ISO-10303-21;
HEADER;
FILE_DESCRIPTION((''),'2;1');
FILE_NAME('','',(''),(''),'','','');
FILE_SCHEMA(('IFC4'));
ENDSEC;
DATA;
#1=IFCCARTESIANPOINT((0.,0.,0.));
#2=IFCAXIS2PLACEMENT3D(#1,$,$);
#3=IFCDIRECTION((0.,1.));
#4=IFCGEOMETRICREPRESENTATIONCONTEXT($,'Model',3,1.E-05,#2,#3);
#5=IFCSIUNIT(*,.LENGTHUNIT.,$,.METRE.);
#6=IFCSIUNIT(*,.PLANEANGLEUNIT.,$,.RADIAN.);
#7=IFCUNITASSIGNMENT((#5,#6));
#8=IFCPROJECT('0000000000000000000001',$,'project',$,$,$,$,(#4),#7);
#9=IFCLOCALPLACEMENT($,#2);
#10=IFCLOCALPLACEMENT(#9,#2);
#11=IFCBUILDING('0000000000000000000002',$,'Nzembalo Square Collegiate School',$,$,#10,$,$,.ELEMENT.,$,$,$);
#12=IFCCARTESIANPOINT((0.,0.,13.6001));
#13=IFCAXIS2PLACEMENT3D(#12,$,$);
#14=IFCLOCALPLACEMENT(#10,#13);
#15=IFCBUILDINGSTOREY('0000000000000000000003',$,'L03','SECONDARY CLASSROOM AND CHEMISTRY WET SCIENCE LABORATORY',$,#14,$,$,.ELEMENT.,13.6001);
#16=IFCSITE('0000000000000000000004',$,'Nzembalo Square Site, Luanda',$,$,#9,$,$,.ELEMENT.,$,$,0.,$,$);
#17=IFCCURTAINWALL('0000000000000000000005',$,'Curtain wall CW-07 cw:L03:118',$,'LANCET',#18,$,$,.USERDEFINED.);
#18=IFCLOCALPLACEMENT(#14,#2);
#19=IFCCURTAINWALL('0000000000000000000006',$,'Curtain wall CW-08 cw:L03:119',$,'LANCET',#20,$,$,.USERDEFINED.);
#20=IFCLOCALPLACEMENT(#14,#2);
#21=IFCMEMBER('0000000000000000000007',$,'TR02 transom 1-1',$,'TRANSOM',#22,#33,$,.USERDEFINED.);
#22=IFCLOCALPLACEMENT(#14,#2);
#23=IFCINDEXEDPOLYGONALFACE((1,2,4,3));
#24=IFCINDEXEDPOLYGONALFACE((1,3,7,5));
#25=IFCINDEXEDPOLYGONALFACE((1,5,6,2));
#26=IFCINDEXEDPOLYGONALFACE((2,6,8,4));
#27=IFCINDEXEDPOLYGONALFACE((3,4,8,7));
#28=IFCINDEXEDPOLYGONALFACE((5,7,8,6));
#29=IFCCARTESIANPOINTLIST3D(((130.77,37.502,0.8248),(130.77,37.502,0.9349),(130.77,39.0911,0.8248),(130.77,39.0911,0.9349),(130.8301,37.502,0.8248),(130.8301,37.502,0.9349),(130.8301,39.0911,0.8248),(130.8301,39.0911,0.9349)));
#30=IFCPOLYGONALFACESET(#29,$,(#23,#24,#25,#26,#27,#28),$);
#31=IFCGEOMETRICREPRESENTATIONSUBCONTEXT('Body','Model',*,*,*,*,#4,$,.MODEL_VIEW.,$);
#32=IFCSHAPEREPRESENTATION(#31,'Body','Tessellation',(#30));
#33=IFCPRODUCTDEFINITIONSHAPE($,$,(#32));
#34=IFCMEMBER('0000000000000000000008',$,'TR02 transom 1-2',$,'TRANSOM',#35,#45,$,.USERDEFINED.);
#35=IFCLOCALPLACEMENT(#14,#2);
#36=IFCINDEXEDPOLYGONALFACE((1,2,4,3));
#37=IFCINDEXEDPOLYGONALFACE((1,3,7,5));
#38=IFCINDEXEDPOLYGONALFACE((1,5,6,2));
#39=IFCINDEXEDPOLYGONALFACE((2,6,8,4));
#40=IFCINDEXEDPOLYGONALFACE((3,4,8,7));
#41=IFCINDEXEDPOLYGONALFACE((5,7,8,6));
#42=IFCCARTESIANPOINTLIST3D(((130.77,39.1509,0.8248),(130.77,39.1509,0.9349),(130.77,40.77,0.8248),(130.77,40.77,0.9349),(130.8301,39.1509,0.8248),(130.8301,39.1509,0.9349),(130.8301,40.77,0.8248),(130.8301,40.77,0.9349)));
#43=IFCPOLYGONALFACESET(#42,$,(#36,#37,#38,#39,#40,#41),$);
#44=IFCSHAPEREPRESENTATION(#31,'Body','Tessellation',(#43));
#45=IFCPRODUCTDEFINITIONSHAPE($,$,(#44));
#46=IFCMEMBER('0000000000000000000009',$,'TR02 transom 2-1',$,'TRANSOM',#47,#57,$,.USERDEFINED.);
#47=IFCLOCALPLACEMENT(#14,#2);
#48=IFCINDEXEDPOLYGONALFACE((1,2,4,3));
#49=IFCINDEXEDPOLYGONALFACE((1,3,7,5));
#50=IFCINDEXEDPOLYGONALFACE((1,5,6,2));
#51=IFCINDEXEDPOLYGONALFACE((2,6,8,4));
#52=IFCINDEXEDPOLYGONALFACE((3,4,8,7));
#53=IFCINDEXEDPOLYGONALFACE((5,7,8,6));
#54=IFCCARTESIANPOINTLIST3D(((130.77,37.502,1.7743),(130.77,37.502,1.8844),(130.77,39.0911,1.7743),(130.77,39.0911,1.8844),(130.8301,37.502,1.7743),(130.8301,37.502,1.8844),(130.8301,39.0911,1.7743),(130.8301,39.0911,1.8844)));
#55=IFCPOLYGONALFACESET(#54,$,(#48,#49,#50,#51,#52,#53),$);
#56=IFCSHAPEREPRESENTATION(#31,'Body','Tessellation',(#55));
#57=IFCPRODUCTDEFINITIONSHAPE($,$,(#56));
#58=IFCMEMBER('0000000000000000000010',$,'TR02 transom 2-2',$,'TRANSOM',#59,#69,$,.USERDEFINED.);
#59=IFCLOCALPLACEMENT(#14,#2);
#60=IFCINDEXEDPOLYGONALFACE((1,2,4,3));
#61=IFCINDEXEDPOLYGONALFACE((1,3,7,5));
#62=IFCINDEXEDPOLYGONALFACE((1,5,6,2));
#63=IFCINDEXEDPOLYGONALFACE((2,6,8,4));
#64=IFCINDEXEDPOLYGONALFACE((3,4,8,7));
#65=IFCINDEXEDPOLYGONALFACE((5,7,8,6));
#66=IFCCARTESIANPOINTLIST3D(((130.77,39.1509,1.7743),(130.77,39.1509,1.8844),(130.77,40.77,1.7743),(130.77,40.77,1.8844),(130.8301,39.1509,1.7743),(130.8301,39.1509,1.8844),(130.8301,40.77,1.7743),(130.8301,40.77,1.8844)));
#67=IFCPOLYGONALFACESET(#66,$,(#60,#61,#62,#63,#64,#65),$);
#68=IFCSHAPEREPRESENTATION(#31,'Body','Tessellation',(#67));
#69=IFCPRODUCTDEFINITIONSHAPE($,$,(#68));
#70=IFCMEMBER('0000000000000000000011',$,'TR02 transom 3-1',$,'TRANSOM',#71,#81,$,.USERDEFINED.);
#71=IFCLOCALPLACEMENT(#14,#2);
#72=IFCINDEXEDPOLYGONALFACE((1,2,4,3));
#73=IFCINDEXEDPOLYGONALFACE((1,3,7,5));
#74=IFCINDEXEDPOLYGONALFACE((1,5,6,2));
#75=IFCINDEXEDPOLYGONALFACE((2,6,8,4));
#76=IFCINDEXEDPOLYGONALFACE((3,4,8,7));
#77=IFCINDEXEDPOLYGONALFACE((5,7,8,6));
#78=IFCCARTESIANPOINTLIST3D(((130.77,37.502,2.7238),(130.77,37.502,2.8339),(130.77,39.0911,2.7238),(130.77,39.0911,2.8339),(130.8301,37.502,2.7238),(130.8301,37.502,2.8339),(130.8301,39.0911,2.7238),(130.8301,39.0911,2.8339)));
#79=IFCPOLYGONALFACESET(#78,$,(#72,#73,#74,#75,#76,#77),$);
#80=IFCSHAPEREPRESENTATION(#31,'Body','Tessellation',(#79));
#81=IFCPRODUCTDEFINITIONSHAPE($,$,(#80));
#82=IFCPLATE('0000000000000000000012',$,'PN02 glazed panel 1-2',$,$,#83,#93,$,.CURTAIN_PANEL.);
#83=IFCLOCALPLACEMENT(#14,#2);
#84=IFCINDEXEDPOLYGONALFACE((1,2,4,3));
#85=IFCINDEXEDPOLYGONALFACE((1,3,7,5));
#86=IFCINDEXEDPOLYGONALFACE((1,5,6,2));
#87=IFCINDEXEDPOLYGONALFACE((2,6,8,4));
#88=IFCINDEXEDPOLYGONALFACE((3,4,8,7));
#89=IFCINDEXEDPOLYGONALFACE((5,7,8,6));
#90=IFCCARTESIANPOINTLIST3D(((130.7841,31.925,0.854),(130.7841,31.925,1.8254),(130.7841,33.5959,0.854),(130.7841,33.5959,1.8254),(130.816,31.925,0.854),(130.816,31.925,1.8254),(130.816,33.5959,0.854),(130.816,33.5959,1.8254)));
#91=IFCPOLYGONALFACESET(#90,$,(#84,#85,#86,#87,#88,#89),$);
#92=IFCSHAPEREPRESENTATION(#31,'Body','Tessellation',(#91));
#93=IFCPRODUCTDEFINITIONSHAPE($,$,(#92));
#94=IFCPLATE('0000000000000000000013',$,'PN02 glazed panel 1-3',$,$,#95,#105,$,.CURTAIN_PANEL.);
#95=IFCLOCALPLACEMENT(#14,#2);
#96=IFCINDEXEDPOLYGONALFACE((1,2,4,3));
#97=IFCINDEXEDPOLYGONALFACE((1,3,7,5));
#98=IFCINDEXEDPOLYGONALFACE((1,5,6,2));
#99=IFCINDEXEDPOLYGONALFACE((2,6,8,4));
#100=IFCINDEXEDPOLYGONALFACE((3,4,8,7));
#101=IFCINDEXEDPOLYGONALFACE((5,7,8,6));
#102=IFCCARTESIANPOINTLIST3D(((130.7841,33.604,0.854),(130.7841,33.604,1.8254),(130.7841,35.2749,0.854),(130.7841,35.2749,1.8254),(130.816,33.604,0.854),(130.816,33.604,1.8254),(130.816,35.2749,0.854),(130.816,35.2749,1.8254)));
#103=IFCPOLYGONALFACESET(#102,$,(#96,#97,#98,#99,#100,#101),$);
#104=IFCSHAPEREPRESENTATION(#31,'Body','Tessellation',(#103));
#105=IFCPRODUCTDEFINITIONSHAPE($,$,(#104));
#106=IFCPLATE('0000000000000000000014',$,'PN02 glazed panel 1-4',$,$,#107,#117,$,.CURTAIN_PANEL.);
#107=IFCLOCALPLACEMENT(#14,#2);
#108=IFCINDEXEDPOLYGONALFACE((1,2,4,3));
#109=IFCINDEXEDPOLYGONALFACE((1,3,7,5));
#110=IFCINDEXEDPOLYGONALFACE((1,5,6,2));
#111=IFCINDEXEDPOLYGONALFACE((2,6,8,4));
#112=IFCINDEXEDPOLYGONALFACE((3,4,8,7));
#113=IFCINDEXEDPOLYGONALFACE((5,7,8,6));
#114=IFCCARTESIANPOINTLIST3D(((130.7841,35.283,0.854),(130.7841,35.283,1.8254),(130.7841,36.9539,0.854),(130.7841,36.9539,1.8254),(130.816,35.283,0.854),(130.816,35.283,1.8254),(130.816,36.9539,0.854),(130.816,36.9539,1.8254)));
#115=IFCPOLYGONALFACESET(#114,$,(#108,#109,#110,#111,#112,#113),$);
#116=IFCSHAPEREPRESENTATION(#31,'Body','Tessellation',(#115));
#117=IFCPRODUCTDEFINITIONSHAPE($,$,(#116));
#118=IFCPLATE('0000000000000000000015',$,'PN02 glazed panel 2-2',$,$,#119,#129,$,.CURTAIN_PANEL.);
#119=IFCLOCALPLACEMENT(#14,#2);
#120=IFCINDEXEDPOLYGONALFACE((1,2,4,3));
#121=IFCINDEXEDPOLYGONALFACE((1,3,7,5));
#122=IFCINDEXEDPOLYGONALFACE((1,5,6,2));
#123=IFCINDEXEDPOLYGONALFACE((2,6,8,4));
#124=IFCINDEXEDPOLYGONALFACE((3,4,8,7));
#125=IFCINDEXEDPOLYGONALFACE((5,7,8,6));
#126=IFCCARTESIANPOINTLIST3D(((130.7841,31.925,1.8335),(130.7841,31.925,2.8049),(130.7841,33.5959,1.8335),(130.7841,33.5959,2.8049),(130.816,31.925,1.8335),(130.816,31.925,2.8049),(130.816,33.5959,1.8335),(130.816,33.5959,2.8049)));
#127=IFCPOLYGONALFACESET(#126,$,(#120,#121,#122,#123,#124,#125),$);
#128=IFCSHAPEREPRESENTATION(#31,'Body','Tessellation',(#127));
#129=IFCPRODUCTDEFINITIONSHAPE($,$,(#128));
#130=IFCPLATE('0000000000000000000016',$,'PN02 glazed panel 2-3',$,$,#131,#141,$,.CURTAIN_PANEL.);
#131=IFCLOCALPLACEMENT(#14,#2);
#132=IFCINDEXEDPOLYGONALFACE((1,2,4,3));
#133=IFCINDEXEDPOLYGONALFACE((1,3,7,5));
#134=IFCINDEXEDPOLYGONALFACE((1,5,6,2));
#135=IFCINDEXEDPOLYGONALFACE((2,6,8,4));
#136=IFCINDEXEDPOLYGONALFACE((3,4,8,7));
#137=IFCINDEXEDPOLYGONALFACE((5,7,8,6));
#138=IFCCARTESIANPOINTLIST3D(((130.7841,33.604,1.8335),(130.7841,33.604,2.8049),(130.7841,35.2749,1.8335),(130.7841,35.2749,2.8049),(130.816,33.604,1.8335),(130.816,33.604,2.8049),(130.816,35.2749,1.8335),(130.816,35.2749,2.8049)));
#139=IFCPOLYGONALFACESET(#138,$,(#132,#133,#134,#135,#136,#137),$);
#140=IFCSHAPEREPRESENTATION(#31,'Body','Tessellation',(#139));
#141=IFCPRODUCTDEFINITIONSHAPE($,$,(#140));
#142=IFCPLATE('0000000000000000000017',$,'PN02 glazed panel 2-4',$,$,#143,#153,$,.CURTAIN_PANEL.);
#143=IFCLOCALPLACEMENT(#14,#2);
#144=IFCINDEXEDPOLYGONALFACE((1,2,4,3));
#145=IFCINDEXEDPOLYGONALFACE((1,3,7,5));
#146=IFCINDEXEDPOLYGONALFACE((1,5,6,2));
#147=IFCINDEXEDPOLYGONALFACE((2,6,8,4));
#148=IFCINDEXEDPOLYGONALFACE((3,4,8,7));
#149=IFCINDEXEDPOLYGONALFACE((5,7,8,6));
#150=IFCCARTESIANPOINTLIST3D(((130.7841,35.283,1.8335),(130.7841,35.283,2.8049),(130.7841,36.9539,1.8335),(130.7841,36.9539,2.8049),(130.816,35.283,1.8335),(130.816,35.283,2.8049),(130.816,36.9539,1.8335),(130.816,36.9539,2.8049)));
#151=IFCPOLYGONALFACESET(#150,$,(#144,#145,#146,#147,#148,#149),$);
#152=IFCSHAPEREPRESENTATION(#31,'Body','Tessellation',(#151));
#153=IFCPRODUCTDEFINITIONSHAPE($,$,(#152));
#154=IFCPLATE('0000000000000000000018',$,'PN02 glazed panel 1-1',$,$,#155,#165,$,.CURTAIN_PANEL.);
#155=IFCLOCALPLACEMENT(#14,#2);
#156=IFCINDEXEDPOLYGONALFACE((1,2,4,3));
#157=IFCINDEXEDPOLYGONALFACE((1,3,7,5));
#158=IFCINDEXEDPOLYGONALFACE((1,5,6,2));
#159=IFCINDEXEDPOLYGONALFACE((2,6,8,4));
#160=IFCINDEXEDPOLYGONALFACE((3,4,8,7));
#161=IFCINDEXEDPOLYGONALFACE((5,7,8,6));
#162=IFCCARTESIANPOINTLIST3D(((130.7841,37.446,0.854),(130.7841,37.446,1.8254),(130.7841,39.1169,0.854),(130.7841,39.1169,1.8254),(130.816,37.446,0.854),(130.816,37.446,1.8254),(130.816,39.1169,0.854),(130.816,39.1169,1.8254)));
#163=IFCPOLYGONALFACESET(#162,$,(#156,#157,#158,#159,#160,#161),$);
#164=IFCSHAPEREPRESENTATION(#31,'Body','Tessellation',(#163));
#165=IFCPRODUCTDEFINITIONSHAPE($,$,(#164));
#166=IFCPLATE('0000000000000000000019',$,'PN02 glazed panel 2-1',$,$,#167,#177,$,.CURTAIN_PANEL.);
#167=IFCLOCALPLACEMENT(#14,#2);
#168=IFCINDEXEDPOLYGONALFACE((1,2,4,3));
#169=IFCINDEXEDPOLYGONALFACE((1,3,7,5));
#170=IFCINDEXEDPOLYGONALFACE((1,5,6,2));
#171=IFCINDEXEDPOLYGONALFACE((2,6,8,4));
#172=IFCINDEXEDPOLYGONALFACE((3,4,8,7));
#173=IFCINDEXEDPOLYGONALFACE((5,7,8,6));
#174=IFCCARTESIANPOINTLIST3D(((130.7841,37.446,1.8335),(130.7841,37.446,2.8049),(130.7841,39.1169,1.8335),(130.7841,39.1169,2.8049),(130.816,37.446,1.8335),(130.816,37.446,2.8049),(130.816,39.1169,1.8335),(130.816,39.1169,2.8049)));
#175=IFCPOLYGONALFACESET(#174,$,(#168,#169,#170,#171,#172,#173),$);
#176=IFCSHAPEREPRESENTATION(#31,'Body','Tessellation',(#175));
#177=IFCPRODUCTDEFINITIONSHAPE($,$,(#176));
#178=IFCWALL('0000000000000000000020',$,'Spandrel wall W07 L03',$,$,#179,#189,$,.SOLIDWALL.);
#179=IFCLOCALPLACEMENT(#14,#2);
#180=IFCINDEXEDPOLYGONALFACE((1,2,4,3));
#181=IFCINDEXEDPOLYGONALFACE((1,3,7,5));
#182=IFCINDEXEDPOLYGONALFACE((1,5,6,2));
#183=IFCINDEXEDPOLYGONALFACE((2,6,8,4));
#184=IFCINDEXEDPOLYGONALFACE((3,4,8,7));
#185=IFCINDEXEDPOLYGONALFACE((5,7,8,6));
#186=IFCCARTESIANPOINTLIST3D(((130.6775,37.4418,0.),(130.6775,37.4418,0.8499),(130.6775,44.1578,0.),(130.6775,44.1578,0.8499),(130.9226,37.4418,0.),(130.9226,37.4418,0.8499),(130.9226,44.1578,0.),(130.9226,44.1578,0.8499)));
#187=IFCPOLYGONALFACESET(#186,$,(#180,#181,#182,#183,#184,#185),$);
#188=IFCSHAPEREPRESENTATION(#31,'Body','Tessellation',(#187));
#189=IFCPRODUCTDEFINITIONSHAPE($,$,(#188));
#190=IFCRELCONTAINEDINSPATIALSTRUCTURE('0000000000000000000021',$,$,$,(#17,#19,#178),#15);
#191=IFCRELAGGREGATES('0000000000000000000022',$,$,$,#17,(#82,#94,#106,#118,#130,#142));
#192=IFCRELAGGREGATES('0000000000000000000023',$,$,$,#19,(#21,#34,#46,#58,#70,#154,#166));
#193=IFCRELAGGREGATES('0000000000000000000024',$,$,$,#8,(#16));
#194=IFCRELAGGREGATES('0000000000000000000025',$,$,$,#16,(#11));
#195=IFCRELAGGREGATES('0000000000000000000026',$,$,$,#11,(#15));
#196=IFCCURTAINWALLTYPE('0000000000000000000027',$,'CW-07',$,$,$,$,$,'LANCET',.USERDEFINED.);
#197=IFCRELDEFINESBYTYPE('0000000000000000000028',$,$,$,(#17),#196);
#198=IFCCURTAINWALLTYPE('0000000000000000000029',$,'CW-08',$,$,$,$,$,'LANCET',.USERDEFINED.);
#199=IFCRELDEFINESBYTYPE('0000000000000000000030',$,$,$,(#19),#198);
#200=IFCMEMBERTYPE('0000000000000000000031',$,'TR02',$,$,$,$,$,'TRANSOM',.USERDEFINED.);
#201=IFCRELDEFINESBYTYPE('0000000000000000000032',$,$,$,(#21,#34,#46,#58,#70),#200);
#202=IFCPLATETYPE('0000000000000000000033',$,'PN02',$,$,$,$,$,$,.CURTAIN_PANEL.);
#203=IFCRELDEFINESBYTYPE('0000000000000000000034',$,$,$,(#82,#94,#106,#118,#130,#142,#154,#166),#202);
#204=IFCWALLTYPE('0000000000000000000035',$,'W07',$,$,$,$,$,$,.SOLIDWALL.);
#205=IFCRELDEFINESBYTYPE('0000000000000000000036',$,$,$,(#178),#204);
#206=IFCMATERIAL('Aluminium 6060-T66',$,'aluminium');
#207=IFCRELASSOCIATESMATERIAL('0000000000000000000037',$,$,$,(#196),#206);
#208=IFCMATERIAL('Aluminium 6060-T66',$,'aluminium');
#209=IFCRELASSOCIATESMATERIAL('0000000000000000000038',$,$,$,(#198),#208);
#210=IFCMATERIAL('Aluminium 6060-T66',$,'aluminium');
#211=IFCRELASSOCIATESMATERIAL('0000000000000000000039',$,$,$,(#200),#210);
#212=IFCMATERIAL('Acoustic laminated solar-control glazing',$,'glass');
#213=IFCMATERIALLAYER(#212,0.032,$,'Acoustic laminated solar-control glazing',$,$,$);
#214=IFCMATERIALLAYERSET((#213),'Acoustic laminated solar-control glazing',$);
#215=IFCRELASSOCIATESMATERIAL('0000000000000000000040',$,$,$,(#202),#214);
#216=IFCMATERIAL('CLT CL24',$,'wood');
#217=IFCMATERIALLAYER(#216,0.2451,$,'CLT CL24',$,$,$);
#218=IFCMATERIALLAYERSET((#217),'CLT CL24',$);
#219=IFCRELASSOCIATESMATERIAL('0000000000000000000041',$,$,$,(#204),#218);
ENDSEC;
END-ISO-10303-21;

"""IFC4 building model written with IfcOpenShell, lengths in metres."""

from ifc_helpers import new_model, si_unit, direction, frame, frame_2d, origin, origin_2d, place, context, subcontext, project, spatial, rectangle, extrude, material, layer, layer_set, material_profile, profile_set, type_object, element, aggregate, save


model = new_model("IFC4")

# Units and contexts
model_context = context("Model", 3, precision=1e-05, world=origin(), true_north=direction((0.0, 1.0)))
body_context = subcontext(model_context, "Body", "Model", "MODEL_VIEW")
ifc_project = project(units=[si_unit("LENGTHUNIT", "METRE"), si_unit("PLANEANGLEUNIT", "RADIAN")], contexts=[model_context])

# Site, building, storey
site_placement = place(None, origin())
site = spatial("IfcSite", under=ifc_project, at=site_placement, Name="Nzembalo Square Site, Luanda", CompositionType="ELEMENT", RefElevation=0.0)
building_placement = place(site_placement, origin())
building = spatial("IfcBuilding", under=site, at=building_placement, Name="Nzembalo Square Collegiate School", CompositionType="ELEMENT")
storey_placement = place(building_placement, frame((0.0, 0.0, 13.6001)))
storey = spatial("IfcBuildingStorey", under=building, at=storey_placement, Name="L03", Description="SECONDARY CLASSROOM AND CHEMISTRY WET SCIENCE LABORATORY", CompositionType="ELEMENT", Elevation=13.6001)

# Curtain walls
ifc_material_1 = material(Name="Aluminium 6060-T66", Category="aluminium")
curtain_wall_type_1 = type_object("IfcCurtainWallType", Name="CW-07", ElementType="LANCET", PredefinedType="USERDEFINED", material=ifc_material_1)
curtain_wall_1_placement = place(storey_placement, origin())
curtain_wall_1 = element("IfcCurtainWall", 1, at=curtain_wall_1_placement, inside=storey, type_object=curtain_wall_type_1, Name="Curtain wall CW-07 cw:L03:118", ObjectType="LANCET", PredefinedType="USERDEFINED")
ifc_material_2 = material(Name="Aluminium 6060-T66", Category="aluminium")
curtain_wall_type_2 = type_object("IfcCurtainWallType", Name="CW-08", ElementType="LANCET", PredefinedType="USERDEFINED", material=ifc_material_2)
curtain_wall_2_placement = place(storey_placement, origin())
curtain_wall_2 = element("IfcCurtainWall", 2, at=curtain_wall_2_placement, inside=storey, type_object=curtain_wall_type_2, Name="Curtain wall CW-08 cw:L03:119", ObjectType="LANCET", PredefinedType="USERDEFINED")

# Members
ifc_material_3 = material(Name="Aluminium 6060-T66", Category="aluminium")
ifc_material_profile_1 = material_profile(ifc_material_3, rectangle(XDim=0.0601, YDim=0.1101, at=origin_2d()), Name="ALU T60x110")
ifc_profile_set_1 = profile_set([ifc_material_profile_1], Name="Aluminium 6060-T66")
member_type_1 = type_object("IfcMemberType", Name="TR02", ElementType="TRANSOM", PredefinedType="USERDEFINED", material=ifc_profile_set_1)
member_1_placement = place(storey_placement, frame((130.8, 37.502, 0.8799), z_axis=(0.0, 1.0, 0.0), x_axis=(-1.0, 0.0, 0.0)))
member_1 = element("IfcMember", 3, at=member_1_placement, type_object=member_type_1, Name="TR02 transom 1-1", ObjectType="TRANSOM", PredefinedType="USERDEFINED", context=body_context, shape_type="SweptSolid", body=[
    extrude(rectangle(XDim=0.0601, YDim=0.1101, at=origin_2d()), origin(), (0.0, 0.0, 1.0), 1.5891),
])
member_2_placement = place(storey_placement, frame((130.8, 39.1509, 0.8799), z_axis=(0.0, 1.0, 0.0), x_axis=(-1.0, 0.0, 0.0)))
member_2 = element("IfcMember", 4, at=member_2_placement, type_object=member_type_1, Name="TR02 transom 1-2", ObjectType="TRANSOM", PredefinedType="USERDEFINED", context=body_context, shape_type="SweptSolid", body=[
    extrude(rectangle(XDim=0.0601, YDim=0.1101, at=origin_2d()), origin(), (0.0, 0.0, 1.0), 1.6191),
])
member_3_placement = place(storey_placement, frame((130.8, 37.502, 1.8293), z_axis=(0.0, 1.0, 0.0), x_axis=(-1.0, 0.0, 0.0)))
member_3 = element("IfcMember", 5, at=member_3_placement, type_object=member_type_1, Name="TR02 transom 2-1", ObjectType="TRANSOM", PredefinedType="USERDEFINED", context=body_context, shape_type="SweptSolid", body=[
    extrude(rectangle(XDim=0.0601, YDim=0.1101, at=origin_2d()), origin(), (0.0, 0.0, 1.0), 1.5891),
])
member_4_placement = place(storey_placement, frame((130.8, 39.1509, 1.8293), z_axis=(0.0, 1.0, 0.0), x_axis=(-1.0, 0.0, 0.0)))
member_4 = element("IfcMember", 6, at=member_4_placement, type_object=member_type_1, Name="TR02 transom 2-2", ObjectType="TRANSOM", PredefinedType="USERDEFINED", context=body_context, shape_type="SweptSolid", body=[
    extrude(rectangle(XDim=0.0601, YDim=0.1101, at=origin_2d()), origin(), (0.0, 0.0, 1.0), 1.6191),
])
member_5_placement = place(storey_placement, frame((130.8, 37.502, 2.7788), z_axis=(0.0, 1.0, 0.0), x_axis=(-1.0, 0.0, 0.0)))
member_5 = element("IfcMember", 7, at=member_5_placement, type_object=member_type_1, Name="TR02 transom 3-1", ObjectType="TRANSOM", PredefinedType="USERDEFINED", context=body_context, shape_type="SweptSolid", body=[
    extrude(rectangle(XDim=0.0601, YDim=0.1101, at=origin_2d()), origin(), (0.0, 0.0, 1.0), 1.5891),
])

# Plates
ifc_material_4 = material(Name="Acoustic laminated solar-control glazing", Category="glass")
ifc_layer_1 = layer(ifc_material_4, 0.032, Name="Acoustic laminated solar-control glazing")
ifc_layer_set_1 = layer_set([ifc_layer_1], Name="Acoustic laminated solar-control glazing")
plate_type = type_object("IfcPlateType", Name="PN02", PredefinedType="CURTAIN_PANEL", material=ifc_layer_set_1)
plate_1_placement = place(storey_placement, frame((130.8, 32.7605, 0.854), z_axis=(0.0, 0.0, 1.0), x_axis=(0.0, 1.0, 0.0)))
plate_1 = element("IfcPlate", 8, at=plate_1_placement, type_object=plate_type, Name="PN02 glazed panel 1-2", PredefinedType="CURTAIN_PANEL", context=body_context, shape_type="SweptSolid", body=[
    extrude(rectangle(XDim=1.6709, YDim=0.032, at=origin_2d()), origin(), (0.0, 0.0, 1.0), 0.9714),
])
plate_2_placement = place(storey_placement, frame((130.8, 34.4395, 0.854), z_axis=(0.0, 0.0, 1.0), x_axis=(0.0, 1.0, 0.0)))
plate_2 = element("IfcPlate", 9, at=plate_2_placement, type_object=plate_type, Name="PN02 glazed panel 1-3", PredefinedType="CURTAIN_PANEL", context=body_context, shape_type="SweptSolid", body=[
    extrude(rectangle(XDim=1.6709, YDim=0.032, at=origin_2d()), origin(), (0.0, 0.0, 1.0), 0.9714),
])
plate_3_placement = place(storey_placement, frame((130.8, 36.1184, 0.854), z_axis=(0.0, 0.0, 1.0), x_axis=(0.0, 1.0, 0.0)))
plate_3 = element("IfcPlate", 10, at=plate_3_placement, type_object=plate_type, Name="PN02 glazed panel 1-4", PredefinedType="CURTAIN_PANEL", context=body_context, shape_type="SweptSolid", body=[
    extrude(rectangle(XDim=1.6709, YDim=0.032, at=origin_2d()), origin(), (0.0, 0.0, 1.0), 0.9714),
])
plate_4_placement = place(storey_placement, frame((130.8, 32.7605, 1.8335), z_axis=(0.0, 0.0, 1.0), x_axis=(0.0, 1.0, 0.0)))
plate_4 = element("IfcPlate", 11, at=plate_4_placement, type_object=plate_type, Name="PN02 glazed panel 2-2", PredefinedType="CURTAIN_PANEL", context=body_context, shape_type="SweptSolid", body=[
    extrude(rectangle(XDim=1.6709, YDim=0.032, at=origin_2d()), origin(), (0.0, 0.0, 1.0), 0.9714),
])
plate_5_placement = place(storey_placement, frame((130.8, 34.4395, 1.8335), z_axis=(0.0, 0.0, 1.0), x_axis=(0.0, 1.0, 0.0)))
plate_5 = element("IfcPlate", 12, at=plate_5_placement, type_object=plate_type, Name="PN02 glazed panel 2-3", PredefinedType="CURTAIN_PANEL", context=body_context, shape_type="SweptSolid", body=[
    extrude(rectangle(XDim=1.6709, YDim=0.032, at=origin_2d()), origin(), (0.0, 0.0, 1.0), 0.9714),
])
plate_6_placement = place(storey_placement, frame((130.8, 36.1184, 1.8335), z_axis=(0.0, 0.0, 1.0), x_axis=(0.0, 1.0, 0.0)))
plate_6 = element("IfcPlate", 13, at=plate_6_placement, type_object=plate_type, Name="PN02 glazed panel 2-4", PredefinedType="CURTAIN_PANEL", context=body_context, shape_type="SweptSolid", body=[
    extrude(rectangle(XDim=1.6709, YDim=0.032, at=origin_2d()), origin(), (0.0, 0.0, 1.0), 0.9714),
])
aggregate(curtain_wall_1, [plate_1, plate_2, plate_3, plate_4, plate_5, plate_6])
plate_7_placement = place(storey_placement, frame((130.8, 38.2815, 0.854), z_axis=(0.0, 0.0, 1.0), x_axis=(0.0, 1.0, 0.0)))
plate_7 = element("IfcPlate", 14, at=plate_7_placement, type_object=plate_type, Name="PN02 glazed panel 1-1", PredefinedType="CURTAIN_PANEL", context=body_context, shape_type="SweptSolid", body=[
    extrude(rectangle(XDim=1.6709, YDim=0.032, at=origin_2d()), origin(), (0.0, 0.0, 1.0), 0.9714),
])
plate_8_placement = place(storey_placement, frame((130.8, 38.2815, 1.8335), z_axis=(0.0, 0.0, 1.0), x_axis=(0.0, 1.0, 0.0)))
plate_8 = element("IfcPlate", 15, at=plate_8_placement, type_object=plate_type, Name="PN02 glazed panel 2-1", PredefinedType="CURTAIN_PANEL", context=body_context, shape_type="SweptSolid", body=[
    extrude(rectangle(XDim=1.6709, YDim=0.032, at=origin_2d()), origin(), (0.0, 0.0, 1.0), 0.9714),
])
aggregate(curtain_wall_2, [member_1, member_2, member_3, member_4, member_5, plate_7, plate_8])

# Wall
ifc_material_5 = material(Name="CLT CL24", Category="wood")
ifc_layer_2 = layer(ifc_material_5, 0.2451, Name="CLT CL24")
ifc_layer_set_2 = layer_set([ifc_layer_2], Name="CLT CL24")
wall_type_1 = type_object("IfcWallType", Name="W07", PredefinedType="SOLIDWALL", material=ifc_layer_set_2)
wall_1_placement = place(storey_placement, frame((130.8, 37.4419, 0.0), z_axis=(0.0, 0.0, 1.0), x_axis=(0.0, 1.0, 0.0)))
element("IfcWall", 16, at=wall_1_placement, inside=storey, type_object=wall_type_1, Name="Spandrel wall W07 L03", PredefinedType="SOLIDWALL", context=body_context, shape_type="SweptSolid", body=[
    extrude(rectangle(XDim=6.7161, YDim=0.2451, at=frame_2d((3.3579, 0.0))), origin(), (0.0, 0.0, 1.0), 0.8499),
])

save(model, "model.ifc")
